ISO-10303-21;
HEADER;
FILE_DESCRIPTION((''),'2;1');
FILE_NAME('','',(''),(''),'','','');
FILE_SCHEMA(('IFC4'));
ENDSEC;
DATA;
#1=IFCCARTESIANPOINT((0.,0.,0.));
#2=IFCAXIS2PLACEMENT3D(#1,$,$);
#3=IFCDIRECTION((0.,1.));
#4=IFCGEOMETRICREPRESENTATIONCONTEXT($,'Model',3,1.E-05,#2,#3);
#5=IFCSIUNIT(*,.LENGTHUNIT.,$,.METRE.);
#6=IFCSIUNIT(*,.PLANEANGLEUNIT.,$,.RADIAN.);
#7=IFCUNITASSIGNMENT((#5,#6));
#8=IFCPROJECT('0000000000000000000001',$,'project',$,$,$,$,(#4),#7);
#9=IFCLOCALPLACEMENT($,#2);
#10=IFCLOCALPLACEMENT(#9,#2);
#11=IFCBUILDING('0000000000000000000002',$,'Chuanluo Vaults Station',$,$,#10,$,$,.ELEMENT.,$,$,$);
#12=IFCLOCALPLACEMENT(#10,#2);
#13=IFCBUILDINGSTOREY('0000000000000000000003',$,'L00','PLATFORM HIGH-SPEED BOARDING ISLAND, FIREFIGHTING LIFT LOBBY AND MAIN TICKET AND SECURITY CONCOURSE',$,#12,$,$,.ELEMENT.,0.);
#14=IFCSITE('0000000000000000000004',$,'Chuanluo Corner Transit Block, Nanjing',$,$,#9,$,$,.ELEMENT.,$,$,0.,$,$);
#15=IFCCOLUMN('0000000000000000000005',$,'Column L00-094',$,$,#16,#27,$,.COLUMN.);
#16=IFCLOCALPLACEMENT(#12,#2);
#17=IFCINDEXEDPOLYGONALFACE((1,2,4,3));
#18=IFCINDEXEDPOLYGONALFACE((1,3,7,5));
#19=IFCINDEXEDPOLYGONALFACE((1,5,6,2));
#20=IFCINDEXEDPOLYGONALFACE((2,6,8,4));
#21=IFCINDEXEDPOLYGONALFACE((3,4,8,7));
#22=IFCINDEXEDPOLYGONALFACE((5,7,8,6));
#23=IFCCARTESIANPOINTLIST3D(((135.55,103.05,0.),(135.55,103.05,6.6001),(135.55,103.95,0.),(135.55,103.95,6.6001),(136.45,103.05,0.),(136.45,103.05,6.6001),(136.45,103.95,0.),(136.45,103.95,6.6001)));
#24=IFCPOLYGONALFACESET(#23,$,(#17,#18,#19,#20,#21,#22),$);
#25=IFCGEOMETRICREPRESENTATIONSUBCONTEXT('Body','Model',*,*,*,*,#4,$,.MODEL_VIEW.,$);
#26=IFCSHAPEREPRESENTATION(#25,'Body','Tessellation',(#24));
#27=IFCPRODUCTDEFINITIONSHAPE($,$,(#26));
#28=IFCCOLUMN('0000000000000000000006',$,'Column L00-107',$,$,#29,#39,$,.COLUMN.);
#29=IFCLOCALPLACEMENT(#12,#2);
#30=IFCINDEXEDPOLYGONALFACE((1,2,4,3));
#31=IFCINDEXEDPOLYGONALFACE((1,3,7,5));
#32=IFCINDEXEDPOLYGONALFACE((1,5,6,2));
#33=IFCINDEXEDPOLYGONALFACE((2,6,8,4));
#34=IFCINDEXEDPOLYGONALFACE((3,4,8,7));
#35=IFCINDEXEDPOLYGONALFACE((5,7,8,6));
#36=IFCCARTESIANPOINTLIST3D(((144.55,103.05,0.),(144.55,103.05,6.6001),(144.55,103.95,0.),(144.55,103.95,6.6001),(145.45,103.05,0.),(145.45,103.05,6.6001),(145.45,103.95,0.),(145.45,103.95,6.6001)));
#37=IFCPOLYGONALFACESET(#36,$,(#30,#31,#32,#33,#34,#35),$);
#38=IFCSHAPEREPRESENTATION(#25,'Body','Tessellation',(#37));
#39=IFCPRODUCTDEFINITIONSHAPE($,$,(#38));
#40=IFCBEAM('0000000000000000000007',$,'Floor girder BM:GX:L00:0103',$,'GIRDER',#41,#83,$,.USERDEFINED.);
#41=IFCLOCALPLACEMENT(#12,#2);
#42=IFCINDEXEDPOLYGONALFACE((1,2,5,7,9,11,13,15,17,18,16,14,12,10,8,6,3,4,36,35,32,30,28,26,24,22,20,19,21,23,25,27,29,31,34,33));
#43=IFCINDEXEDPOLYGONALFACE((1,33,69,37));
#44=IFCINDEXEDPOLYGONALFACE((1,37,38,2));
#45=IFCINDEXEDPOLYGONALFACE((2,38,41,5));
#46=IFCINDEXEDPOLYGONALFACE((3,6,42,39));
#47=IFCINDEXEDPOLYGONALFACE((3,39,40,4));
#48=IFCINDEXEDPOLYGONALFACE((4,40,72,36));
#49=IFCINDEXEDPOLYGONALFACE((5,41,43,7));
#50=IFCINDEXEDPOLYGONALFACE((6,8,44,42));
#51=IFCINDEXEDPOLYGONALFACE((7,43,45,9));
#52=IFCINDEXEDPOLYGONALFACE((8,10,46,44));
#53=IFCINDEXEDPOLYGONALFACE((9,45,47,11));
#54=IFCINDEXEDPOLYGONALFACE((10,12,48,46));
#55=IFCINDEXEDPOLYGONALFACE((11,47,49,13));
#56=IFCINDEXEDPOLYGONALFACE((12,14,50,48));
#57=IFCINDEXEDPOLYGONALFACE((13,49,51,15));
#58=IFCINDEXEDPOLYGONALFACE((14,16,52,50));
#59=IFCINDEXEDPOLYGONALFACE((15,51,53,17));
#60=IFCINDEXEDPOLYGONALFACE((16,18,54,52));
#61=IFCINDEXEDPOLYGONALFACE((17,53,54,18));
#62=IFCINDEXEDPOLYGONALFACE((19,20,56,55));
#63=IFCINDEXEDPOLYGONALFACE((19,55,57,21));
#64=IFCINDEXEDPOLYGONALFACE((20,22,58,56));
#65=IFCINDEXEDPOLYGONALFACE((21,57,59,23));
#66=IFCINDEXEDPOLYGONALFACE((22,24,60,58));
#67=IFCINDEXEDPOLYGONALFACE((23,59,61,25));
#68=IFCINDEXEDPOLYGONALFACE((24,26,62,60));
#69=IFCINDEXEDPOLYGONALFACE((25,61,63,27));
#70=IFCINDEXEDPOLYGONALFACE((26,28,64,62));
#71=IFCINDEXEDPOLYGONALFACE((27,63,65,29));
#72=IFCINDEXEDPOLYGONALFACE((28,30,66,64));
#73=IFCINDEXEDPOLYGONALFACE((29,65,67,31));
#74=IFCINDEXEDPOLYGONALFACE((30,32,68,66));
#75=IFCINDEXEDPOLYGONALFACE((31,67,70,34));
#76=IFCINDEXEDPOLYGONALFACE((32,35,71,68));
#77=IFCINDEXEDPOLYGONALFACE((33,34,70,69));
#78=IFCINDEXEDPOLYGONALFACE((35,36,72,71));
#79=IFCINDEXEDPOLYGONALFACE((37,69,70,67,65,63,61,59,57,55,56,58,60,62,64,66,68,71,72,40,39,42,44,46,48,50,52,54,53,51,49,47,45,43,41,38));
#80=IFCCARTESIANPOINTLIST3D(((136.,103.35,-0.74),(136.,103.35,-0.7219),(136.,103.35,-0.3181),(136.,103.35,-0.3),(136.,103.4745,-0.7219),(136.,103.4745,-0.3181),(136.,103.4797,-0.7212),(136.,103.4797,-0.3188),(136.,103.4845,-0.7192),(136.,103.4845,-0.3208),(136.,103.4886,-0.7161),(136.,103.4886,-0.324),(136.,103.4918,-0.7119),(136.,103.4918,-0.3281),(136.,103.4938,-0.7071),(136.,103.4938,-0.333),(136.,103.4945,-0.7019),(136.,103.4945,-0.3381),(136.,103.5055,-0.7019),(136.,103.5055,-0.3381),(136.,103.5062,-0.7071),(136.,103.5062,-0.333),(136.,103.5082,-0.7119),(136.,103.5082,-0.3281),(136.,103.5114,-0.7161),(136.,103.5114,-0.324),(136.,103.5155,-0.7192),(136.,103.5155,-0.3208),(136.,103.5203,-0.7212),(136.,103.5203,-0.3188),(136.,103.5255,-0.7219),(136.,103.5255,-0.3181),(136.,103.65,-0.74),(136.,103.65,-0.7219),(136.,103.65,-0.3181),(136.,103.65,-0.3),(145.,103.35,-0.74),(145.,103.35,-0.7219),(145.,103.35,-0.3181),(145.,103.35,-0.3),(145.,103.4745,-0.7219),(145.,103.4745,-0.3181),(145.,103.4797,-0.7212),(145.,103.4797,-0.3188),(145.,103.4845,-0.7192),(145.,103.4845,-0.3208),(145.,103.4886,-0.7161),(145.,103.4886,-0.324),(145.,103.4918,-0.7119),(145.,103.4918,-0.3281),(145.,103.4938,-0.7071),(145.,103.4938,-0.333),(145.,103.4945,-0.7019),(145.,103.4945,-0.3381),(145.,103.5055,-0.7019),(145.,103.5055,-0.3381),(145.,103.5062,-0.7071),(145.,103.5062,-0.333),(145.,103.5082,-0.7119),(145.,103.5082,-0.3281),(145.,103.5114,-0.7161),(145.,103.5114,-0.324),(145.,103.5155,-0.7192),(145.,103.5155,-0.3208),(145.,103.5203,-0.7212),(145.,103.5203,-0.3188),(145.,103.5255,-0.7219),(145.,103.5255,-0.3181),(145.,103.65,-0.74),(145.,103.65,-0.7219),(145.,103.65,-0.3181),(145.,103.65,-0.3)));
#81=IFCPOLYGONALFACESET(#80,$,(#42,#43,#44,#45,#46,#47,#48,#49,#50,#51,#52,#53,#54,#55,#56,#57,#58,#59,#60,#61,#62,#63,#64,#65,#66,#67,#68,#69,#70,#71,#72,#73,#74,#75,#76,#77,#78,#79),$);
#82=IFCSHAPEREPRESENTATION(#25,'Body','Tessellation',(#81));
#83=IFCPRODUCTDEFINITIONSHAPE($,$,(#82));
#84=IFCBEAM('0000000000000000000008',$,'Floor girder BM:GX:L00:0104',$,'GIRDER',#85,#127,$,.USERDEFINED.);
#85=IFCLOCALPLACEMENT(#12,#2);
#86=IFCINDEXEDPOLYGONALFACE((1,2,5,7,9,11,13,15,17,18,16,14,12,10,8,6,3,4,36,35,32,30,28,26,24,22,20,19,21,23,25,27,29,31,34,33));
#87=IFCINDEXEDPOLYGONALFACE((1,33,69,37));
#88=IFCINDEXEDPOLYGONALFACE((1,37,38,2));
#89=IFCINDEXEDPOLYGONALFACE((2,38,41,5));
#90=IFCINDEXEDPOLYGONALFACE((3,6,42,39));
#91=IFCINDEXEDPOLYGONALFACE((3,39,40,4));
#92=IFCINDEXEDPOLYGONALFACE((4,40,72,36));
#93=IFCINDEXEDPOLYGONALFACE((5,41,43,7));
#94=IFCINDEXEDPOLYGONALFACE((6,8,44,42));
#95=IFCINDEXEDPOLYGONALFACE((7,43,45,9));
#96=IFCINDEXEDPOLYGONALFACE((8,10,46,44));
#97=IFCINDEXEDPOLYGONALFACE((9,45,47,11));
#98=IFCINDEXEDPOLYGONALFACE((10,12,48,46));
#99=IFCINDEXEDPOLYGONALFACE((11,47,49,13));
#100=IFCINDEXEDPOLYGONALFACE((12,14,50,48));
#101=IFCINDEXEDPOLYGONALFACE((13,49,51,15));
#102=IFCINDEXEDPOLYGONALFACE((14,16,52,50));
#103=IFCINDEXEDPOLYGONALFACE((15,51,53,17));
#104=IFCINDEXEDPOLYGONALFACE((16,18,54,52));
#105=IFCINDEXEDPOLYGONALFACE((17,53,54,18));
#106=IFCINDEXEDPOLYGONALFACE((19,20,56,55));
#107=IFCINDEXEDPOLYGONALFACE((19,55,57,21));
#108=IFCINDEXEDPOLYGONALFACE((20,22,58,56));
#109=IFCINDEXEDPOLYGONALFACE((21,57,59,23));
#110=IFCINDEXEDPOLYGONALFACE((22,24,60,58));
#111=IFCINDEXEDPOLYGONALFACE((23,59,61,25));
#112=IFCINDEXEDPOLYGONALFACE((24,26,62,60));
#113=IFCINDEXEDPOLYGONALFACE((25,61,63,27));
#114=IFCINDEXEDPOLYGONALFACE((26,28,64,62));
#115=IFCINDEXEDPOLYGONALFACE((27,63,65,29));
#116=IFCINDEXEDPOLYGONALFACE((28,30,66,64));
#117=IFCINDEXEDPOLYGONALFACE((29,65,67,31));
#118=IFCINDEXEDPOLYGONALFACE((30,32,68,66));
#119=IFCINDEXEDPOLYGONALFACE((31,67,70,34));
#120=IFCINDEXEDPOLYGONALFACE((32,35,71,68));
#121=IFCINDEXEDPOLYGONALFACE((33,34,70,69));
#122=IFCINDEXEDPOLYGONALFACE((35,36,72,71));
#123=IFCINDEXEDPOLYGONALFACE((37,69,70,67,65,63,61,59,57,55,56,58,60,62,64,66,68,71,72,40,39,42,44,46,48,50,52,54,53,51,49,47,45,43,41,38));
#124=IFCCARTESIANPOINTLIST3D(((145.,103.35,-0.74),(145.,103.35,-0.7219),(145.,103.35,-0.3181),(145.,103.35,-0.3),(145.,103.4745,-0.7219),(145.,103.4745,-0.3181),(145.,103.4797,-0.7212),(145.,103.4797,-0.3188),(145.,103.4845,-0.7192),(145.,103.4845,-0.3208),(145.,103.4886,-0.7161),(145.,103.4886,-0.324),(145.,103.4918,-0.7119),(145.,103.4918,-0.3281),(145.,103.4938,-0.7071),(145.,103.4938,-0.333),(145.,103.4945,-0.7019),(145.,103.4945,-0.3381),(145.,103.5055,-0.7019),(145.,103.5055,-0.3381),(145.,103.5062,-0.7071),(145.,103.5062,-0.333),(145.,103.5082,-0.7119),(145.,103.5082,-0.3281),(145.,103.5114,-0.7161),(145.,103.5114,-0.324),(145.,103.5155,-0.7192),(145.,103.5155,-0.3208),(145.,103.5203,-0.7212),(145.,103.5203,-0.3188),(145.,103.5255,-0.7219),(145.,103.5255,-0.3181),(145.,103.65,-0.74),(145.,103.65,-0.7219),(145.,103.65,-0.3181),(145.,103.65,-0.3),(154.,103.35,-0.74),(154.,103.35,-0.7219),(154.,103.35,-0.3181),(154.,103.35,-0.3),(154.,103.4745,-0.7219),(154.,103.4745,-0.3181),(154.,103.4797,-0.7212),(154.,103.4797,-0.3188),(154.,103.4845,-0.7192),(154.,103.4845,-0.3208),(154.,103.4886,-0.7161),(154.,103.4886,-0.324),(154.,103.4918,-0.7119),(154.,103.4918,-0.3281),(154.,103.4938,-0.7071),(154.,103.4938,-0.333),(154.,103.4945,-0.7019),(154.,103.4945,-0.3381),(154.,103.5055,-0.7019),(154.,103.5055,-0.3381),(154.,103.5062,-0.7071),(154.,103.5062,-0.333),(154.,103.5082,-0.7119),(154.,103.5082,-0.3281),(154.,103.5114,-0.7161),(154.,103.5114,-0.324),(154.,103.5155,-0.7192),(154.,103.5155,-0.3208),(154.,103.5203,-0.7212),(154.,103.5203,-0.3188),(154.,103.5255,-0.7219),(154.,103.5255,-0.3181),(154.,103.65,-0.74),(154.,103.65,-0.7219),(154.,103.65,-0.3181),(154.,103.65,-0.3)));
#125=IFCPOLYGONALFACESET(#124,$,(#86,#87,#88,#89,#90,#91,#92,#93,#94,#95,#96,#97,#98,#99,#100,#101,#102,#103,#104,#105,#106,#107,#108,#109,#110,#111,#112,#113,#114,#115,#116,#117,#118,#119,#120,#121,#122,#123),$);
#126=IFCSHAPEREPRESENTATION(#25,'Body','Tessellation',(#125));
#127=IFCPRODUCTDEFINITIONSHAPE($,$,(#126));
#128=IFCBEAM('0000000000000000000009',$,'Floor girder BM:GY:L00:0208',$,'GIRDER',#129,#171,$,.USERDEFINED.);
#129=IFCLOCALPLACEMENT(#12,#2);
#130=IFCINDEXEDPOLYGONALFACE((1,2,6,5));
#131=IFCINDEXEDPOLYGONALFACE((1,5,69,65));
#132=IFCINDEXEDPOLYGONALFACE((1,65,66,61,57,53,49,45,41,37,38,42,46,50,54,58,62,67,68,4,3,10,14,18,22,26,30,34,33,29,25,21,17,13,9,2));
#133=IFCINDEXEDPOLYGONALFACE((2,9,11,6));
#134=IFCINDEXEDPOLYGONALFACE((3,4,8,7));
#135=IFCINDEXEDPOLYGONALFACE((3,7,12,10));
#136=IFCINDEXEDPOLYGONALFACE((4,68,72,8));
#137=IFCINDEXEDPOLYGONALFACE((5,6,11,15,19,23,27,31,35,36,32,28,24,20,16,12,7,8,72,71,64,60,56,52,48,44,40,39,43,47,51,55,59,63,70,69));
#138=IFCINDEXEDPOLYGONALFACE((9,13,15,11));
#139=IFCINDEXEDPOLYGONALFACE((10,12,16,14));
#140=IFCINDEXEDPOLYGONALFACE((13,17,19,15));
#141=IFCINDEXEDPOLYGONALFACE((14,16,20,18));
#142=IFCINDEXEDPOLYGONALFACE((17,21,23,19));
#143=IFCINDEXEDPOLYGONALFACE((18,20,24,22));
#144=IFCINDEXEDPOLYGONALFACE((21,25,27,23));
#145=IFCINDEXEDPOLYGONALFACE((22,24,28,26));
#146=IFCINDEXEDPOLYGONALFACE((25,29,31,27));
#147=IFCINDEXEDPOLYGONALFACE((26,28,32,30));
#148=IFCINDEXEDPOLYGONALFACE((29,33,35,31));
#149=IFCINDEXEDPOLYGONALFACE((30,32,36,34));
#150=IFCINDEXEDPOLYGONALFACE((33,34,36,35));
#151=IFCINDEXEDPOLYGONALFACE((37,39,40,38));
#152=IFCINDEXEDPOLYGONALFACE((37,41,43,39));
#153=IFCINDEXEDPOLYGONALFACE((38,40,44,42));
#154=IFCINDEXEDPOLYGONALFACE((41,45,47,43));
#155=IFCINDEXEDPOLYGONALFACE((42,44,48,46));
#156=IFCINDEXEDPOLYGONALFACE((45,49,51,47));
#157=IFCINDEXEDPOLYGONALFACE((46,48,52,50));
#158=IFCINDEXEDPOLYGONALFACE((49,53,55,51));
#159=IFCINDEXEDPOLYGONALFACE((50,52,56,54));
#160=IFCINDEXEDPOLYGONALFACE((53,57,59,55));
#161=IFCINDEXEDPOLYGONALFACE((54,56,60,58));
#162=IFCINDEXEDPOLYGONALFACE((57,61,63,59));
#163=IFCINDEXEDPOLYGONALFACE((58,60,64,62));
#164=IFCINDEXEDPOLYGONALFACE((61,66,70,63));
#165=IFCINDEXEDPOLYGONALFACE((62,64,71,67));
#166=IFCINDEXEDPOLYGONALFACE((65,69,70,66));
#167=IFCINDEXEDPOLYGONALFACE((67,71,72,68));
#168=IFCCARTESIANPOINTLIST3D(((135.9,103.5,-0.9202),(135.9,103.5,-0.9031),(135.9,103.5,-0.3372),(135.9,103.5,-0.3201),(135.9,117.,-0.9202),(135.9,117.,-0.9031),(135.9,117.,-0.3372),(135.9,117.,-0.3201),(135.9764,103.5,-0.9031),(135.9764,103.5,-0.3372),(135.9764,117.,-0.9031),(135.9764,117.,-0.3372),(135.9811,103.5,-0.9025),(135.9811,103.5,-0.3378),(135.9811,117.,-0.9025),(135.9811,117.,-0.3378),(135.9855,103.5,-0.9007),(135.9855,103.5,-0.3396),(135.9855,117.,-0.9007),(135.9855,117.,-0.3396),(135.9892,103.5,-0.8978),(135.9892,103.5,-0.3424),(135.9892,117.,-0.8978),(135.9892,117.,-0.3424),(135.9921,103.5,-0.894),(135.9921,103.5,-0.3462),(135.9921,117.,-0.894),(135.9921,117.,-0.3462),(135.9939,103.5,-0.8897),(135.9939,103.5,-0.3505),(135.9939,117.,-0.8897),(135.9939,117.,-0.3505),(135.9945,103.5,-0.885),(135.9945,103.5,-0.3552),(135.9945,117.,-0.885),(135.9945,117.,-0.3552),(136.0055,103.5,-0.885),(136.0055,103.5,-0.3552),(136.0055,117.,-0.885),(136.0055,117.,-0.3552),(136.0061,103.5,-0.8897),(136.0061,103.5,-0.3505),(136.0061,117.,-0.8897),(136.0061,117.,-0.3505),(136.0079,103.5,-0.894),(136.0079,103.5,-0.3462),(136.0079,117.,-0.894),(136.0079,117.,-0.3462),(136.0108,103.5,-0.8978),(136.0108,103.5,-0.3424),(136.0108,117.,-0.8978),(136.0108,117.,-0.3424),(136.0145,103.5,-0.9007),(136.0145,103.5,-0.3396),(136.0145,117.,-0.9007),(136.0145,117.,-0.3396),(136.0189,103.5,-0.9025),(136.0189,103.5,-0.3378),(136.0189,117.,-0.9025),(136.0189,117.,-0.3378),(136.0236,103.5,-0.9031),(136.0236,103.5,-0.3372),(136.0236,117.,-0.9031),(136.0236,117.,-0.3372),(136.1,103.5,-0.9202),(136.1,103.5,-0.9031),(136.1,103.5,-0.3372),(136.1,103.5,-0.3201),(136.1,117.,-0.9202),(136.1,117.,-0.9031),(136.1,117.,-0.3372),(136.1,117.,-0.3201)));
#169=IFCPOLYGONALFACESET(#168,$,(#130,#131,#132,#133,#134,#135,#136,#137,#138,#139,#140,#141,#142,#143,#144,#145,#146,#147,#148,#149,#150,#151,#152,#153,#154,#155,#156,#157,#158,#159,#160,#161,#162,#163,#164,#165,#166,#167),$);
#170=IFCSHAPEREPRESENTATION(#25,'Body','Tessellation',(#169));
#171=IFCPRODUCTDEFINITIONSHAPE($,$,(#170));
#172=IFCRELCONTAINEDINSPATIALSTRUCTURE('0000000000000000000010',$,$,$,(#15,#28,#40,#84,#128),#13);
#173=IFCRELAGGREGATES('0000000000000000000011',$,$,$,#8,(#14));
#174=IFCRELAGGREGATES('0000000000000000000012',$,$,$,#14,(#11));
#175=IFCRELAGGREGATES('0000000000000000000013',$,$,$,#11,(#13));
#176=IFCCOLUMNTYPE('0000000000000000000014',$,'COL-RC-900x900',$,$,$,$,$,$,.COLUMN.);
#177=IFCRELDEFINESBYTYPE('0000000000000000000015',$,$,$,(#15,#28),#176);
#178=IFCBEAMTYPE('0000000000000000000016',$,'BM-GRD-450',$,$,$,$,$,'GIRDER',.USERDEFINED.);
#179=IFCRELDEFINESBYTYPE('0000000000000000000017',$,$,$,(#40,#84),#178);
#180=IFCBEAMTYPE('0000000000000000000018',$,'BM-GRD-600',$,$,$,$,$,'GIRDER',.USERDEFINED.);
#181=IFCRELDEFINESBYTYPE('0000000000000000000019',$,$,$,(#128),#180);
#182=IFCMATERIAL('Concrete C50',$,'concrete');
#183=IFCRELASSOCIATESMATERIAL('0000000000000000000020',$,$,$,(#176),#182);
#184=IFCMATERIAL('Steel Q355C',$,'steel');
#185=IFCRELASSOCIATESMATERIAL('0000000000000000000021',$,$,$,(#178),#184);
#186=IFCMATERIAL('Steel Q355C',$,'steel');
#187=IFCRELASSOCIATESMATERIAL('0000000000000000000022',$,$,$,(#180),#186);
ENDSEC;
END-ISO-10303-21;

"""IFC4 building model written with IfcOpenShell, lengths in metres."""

from ifc_helpers import new_model, si_unit, direction, frame, origin, origin_2d, place, context, subcontext, project, spatial, rectangle, i_section, extrude, material, material_profile, profile_set, type_object, element, save


model = new_model("IFC4")

# Units and contexts
model_context = context("Model", 3, precision=1e-05, world=origin(), true_north=direction((0.0, 1.0)))
body_context = subcontext(model_context, "Body", "Model", "MODEL_VIEW")
ifc_project = project(units=[si_unit("LENGTHUNIT", "METRE"), si_unit("PLANEANGLEUNIT", "RADIAN")], contexts=[model_context])

# Site, building, storey
site_placement = place(None, origin())
site = spatial("IfcSite", under=ifc_project, at=site_placement, Name="Chuanluo Corner Transit Block, Nanjing", CompositionType="ELEMENT", RefElevation=0.0)
building_placement = place(site_placement, origin())
building = spatial("IfcBuilding", under=site, at=building_placement, Name="Chuanluo Vaults Station", CompositionType="ELEMENT")
storey_placement = place(building_placement, origin())
storey = spatial("IfcBuildingStorey", under=building, at=storey_placement, Name="L00", Description="PLATFORM HIGH-SPEED BOARDING ISLAND, FIREFIGHTING LIFT LOBBY AND MAIN TICKET AND SECURITY CONCOURSE", CompositionType="ELEMENT", Elevation=0.0)

# Columns
ifc_material_1 = material(Name="Concrete C50", Category="concrete")
ifc_material_profile_1 = material_profile(ifc_material_1, rectangle(XDim=0.8999, YDim=0.8999, at=origin_2d()))
ifc_profile_set_1 = profile_set([ifc_material_profile_1], Name="Concrete C50")
column_type = type_object("IfcColumnType", Name="COL-RC-900x900", PredefinedType="COLUMN", material=ifc_profile_set_1)
for number, where, z_axis, x_axis, name in (
    (1, (136.0, 103.5, 0.0), (0.0, 0.0, 1.0), (1.0, 0.0, 0.0), "Column L00-094"),
    (2, (145.0, 103.5, 0.0), (0.0, 0.0, 1.0), (1.0, 0.0, 0.0), "Column L00-107"),
):
    element("IfcColumn", number, at=place(storey_placement, frame(where, z_axis=z_axis, x_axis=x_axis)), inside=storey, type_object=column_type, Name=name, PredefinedType="COLUMN", context=body_context, shape_type="SweptSolid", body=[
        extrude(rectangle(XDim=0.8999, YDim=0.8999, at=origin_2d()), origin(), (0.0, 0.0, 1.0), 6.6001),
    ])

# Beams
ifc_material_2 = material(Name="Steel Q355C", Category="steel")
ifc_material_profile_2 = material_profile(ifc_material_2, i_section(OverallWidth=0.3, OverallDepth=0.4399, WebThickness=0.011, FlangeThickness=0.0181, FilletRadius=0.02, at=origin_2d()))
ifc_profile_set_2 = profile_set([ifc_material_profile_2], Name="Steel Q355C")
beam_type_1 = type_object("IfcBeamType", Name="BM-GRD-450", ElementType="GIRDER", PredefinedType="USERDEFINED", material=ifc_profile_set_2)
for number, where, z_axis, x_axis, name in (
    (3, (136.0, 103.5, -0.52), (1.0, 0.0, 0.0), (0.0, 1.0, 0.0), "Floor girder BM:GX:L00:0103"),
    (4, (145.0, 103.5, -0.52), (1.0, 0.0, 0.0), (0.0, 1.0, 0.0), "Floor girder BM:GX:L00:0104"),
):
    element("IfcBeam", number, at=place(storey_placement, frame(where, z_axis=z_axis, x_axis=x_axis)), inside=storey, type_object=beam_type_1, Name=name, ObjectType="GIRDER", PredefinedType="USERDEFINED", context=body_context, shape_type="SweptSolid", body=[
        extrude(i_section(OverallWidth=0.3, OverallDepth=0.4399, WebThickness=0.011, FlangeThickness=0.0181, FilletRadius=0.02, at=origin_2d()), origin(), (0.0, 0.0, 1.0), 9.0),
    ])
ifc_material_3 = material(Name="Steel Q355C", Category="steel")
ifc_material_profile_3 = material_profile(ifc_material_3, i_section(OverallWidth=0.2, OverallDepth=0.6001, WebThickness=0.011, FlangeThickness=0.0171, FilletRadius=0.0181, at=origin_2d()))
ifc_profile_set_3 = profile_set([ifc_material_profile_3], Name="Steel Q355C")
beam_type_2 = type_object("IfcBeamType", Name="BM-GRD-600", ElementType="GIRDER", PredefinedType="USERDEFINED", material=ifc_profile_set_3)
for number, where, z_axis, x_axis, name in (
    (5, (136.0, 103.5, -0.6201), (0.0, 1.0, 0.0), (-1.0, 0.0, 0.0), "Floor girder BM:GY:L00:0208"),
):
    element("IfcBeam", number, at=place(storey_placement, frame(where, z_axis=z_axis, x_axis=x_axis)), inside=storey, type_object=beam_type_2, Name=name, ObjectType="GIRDER", PredefinedType="USERDEFINED", context=body_context, shape_type="SweptSolid", body=[
        extrude(i_section(OverallWidth=0.2, OverallDepth=0.6001, WebThickness=0.011, FlangeThickness=0.0171, FilletRadius=0.0181, at=origin_2d()), origin(), (0.0, 0.0, 1.0), 13.5),
    ])

save(model, "model.ifc")
